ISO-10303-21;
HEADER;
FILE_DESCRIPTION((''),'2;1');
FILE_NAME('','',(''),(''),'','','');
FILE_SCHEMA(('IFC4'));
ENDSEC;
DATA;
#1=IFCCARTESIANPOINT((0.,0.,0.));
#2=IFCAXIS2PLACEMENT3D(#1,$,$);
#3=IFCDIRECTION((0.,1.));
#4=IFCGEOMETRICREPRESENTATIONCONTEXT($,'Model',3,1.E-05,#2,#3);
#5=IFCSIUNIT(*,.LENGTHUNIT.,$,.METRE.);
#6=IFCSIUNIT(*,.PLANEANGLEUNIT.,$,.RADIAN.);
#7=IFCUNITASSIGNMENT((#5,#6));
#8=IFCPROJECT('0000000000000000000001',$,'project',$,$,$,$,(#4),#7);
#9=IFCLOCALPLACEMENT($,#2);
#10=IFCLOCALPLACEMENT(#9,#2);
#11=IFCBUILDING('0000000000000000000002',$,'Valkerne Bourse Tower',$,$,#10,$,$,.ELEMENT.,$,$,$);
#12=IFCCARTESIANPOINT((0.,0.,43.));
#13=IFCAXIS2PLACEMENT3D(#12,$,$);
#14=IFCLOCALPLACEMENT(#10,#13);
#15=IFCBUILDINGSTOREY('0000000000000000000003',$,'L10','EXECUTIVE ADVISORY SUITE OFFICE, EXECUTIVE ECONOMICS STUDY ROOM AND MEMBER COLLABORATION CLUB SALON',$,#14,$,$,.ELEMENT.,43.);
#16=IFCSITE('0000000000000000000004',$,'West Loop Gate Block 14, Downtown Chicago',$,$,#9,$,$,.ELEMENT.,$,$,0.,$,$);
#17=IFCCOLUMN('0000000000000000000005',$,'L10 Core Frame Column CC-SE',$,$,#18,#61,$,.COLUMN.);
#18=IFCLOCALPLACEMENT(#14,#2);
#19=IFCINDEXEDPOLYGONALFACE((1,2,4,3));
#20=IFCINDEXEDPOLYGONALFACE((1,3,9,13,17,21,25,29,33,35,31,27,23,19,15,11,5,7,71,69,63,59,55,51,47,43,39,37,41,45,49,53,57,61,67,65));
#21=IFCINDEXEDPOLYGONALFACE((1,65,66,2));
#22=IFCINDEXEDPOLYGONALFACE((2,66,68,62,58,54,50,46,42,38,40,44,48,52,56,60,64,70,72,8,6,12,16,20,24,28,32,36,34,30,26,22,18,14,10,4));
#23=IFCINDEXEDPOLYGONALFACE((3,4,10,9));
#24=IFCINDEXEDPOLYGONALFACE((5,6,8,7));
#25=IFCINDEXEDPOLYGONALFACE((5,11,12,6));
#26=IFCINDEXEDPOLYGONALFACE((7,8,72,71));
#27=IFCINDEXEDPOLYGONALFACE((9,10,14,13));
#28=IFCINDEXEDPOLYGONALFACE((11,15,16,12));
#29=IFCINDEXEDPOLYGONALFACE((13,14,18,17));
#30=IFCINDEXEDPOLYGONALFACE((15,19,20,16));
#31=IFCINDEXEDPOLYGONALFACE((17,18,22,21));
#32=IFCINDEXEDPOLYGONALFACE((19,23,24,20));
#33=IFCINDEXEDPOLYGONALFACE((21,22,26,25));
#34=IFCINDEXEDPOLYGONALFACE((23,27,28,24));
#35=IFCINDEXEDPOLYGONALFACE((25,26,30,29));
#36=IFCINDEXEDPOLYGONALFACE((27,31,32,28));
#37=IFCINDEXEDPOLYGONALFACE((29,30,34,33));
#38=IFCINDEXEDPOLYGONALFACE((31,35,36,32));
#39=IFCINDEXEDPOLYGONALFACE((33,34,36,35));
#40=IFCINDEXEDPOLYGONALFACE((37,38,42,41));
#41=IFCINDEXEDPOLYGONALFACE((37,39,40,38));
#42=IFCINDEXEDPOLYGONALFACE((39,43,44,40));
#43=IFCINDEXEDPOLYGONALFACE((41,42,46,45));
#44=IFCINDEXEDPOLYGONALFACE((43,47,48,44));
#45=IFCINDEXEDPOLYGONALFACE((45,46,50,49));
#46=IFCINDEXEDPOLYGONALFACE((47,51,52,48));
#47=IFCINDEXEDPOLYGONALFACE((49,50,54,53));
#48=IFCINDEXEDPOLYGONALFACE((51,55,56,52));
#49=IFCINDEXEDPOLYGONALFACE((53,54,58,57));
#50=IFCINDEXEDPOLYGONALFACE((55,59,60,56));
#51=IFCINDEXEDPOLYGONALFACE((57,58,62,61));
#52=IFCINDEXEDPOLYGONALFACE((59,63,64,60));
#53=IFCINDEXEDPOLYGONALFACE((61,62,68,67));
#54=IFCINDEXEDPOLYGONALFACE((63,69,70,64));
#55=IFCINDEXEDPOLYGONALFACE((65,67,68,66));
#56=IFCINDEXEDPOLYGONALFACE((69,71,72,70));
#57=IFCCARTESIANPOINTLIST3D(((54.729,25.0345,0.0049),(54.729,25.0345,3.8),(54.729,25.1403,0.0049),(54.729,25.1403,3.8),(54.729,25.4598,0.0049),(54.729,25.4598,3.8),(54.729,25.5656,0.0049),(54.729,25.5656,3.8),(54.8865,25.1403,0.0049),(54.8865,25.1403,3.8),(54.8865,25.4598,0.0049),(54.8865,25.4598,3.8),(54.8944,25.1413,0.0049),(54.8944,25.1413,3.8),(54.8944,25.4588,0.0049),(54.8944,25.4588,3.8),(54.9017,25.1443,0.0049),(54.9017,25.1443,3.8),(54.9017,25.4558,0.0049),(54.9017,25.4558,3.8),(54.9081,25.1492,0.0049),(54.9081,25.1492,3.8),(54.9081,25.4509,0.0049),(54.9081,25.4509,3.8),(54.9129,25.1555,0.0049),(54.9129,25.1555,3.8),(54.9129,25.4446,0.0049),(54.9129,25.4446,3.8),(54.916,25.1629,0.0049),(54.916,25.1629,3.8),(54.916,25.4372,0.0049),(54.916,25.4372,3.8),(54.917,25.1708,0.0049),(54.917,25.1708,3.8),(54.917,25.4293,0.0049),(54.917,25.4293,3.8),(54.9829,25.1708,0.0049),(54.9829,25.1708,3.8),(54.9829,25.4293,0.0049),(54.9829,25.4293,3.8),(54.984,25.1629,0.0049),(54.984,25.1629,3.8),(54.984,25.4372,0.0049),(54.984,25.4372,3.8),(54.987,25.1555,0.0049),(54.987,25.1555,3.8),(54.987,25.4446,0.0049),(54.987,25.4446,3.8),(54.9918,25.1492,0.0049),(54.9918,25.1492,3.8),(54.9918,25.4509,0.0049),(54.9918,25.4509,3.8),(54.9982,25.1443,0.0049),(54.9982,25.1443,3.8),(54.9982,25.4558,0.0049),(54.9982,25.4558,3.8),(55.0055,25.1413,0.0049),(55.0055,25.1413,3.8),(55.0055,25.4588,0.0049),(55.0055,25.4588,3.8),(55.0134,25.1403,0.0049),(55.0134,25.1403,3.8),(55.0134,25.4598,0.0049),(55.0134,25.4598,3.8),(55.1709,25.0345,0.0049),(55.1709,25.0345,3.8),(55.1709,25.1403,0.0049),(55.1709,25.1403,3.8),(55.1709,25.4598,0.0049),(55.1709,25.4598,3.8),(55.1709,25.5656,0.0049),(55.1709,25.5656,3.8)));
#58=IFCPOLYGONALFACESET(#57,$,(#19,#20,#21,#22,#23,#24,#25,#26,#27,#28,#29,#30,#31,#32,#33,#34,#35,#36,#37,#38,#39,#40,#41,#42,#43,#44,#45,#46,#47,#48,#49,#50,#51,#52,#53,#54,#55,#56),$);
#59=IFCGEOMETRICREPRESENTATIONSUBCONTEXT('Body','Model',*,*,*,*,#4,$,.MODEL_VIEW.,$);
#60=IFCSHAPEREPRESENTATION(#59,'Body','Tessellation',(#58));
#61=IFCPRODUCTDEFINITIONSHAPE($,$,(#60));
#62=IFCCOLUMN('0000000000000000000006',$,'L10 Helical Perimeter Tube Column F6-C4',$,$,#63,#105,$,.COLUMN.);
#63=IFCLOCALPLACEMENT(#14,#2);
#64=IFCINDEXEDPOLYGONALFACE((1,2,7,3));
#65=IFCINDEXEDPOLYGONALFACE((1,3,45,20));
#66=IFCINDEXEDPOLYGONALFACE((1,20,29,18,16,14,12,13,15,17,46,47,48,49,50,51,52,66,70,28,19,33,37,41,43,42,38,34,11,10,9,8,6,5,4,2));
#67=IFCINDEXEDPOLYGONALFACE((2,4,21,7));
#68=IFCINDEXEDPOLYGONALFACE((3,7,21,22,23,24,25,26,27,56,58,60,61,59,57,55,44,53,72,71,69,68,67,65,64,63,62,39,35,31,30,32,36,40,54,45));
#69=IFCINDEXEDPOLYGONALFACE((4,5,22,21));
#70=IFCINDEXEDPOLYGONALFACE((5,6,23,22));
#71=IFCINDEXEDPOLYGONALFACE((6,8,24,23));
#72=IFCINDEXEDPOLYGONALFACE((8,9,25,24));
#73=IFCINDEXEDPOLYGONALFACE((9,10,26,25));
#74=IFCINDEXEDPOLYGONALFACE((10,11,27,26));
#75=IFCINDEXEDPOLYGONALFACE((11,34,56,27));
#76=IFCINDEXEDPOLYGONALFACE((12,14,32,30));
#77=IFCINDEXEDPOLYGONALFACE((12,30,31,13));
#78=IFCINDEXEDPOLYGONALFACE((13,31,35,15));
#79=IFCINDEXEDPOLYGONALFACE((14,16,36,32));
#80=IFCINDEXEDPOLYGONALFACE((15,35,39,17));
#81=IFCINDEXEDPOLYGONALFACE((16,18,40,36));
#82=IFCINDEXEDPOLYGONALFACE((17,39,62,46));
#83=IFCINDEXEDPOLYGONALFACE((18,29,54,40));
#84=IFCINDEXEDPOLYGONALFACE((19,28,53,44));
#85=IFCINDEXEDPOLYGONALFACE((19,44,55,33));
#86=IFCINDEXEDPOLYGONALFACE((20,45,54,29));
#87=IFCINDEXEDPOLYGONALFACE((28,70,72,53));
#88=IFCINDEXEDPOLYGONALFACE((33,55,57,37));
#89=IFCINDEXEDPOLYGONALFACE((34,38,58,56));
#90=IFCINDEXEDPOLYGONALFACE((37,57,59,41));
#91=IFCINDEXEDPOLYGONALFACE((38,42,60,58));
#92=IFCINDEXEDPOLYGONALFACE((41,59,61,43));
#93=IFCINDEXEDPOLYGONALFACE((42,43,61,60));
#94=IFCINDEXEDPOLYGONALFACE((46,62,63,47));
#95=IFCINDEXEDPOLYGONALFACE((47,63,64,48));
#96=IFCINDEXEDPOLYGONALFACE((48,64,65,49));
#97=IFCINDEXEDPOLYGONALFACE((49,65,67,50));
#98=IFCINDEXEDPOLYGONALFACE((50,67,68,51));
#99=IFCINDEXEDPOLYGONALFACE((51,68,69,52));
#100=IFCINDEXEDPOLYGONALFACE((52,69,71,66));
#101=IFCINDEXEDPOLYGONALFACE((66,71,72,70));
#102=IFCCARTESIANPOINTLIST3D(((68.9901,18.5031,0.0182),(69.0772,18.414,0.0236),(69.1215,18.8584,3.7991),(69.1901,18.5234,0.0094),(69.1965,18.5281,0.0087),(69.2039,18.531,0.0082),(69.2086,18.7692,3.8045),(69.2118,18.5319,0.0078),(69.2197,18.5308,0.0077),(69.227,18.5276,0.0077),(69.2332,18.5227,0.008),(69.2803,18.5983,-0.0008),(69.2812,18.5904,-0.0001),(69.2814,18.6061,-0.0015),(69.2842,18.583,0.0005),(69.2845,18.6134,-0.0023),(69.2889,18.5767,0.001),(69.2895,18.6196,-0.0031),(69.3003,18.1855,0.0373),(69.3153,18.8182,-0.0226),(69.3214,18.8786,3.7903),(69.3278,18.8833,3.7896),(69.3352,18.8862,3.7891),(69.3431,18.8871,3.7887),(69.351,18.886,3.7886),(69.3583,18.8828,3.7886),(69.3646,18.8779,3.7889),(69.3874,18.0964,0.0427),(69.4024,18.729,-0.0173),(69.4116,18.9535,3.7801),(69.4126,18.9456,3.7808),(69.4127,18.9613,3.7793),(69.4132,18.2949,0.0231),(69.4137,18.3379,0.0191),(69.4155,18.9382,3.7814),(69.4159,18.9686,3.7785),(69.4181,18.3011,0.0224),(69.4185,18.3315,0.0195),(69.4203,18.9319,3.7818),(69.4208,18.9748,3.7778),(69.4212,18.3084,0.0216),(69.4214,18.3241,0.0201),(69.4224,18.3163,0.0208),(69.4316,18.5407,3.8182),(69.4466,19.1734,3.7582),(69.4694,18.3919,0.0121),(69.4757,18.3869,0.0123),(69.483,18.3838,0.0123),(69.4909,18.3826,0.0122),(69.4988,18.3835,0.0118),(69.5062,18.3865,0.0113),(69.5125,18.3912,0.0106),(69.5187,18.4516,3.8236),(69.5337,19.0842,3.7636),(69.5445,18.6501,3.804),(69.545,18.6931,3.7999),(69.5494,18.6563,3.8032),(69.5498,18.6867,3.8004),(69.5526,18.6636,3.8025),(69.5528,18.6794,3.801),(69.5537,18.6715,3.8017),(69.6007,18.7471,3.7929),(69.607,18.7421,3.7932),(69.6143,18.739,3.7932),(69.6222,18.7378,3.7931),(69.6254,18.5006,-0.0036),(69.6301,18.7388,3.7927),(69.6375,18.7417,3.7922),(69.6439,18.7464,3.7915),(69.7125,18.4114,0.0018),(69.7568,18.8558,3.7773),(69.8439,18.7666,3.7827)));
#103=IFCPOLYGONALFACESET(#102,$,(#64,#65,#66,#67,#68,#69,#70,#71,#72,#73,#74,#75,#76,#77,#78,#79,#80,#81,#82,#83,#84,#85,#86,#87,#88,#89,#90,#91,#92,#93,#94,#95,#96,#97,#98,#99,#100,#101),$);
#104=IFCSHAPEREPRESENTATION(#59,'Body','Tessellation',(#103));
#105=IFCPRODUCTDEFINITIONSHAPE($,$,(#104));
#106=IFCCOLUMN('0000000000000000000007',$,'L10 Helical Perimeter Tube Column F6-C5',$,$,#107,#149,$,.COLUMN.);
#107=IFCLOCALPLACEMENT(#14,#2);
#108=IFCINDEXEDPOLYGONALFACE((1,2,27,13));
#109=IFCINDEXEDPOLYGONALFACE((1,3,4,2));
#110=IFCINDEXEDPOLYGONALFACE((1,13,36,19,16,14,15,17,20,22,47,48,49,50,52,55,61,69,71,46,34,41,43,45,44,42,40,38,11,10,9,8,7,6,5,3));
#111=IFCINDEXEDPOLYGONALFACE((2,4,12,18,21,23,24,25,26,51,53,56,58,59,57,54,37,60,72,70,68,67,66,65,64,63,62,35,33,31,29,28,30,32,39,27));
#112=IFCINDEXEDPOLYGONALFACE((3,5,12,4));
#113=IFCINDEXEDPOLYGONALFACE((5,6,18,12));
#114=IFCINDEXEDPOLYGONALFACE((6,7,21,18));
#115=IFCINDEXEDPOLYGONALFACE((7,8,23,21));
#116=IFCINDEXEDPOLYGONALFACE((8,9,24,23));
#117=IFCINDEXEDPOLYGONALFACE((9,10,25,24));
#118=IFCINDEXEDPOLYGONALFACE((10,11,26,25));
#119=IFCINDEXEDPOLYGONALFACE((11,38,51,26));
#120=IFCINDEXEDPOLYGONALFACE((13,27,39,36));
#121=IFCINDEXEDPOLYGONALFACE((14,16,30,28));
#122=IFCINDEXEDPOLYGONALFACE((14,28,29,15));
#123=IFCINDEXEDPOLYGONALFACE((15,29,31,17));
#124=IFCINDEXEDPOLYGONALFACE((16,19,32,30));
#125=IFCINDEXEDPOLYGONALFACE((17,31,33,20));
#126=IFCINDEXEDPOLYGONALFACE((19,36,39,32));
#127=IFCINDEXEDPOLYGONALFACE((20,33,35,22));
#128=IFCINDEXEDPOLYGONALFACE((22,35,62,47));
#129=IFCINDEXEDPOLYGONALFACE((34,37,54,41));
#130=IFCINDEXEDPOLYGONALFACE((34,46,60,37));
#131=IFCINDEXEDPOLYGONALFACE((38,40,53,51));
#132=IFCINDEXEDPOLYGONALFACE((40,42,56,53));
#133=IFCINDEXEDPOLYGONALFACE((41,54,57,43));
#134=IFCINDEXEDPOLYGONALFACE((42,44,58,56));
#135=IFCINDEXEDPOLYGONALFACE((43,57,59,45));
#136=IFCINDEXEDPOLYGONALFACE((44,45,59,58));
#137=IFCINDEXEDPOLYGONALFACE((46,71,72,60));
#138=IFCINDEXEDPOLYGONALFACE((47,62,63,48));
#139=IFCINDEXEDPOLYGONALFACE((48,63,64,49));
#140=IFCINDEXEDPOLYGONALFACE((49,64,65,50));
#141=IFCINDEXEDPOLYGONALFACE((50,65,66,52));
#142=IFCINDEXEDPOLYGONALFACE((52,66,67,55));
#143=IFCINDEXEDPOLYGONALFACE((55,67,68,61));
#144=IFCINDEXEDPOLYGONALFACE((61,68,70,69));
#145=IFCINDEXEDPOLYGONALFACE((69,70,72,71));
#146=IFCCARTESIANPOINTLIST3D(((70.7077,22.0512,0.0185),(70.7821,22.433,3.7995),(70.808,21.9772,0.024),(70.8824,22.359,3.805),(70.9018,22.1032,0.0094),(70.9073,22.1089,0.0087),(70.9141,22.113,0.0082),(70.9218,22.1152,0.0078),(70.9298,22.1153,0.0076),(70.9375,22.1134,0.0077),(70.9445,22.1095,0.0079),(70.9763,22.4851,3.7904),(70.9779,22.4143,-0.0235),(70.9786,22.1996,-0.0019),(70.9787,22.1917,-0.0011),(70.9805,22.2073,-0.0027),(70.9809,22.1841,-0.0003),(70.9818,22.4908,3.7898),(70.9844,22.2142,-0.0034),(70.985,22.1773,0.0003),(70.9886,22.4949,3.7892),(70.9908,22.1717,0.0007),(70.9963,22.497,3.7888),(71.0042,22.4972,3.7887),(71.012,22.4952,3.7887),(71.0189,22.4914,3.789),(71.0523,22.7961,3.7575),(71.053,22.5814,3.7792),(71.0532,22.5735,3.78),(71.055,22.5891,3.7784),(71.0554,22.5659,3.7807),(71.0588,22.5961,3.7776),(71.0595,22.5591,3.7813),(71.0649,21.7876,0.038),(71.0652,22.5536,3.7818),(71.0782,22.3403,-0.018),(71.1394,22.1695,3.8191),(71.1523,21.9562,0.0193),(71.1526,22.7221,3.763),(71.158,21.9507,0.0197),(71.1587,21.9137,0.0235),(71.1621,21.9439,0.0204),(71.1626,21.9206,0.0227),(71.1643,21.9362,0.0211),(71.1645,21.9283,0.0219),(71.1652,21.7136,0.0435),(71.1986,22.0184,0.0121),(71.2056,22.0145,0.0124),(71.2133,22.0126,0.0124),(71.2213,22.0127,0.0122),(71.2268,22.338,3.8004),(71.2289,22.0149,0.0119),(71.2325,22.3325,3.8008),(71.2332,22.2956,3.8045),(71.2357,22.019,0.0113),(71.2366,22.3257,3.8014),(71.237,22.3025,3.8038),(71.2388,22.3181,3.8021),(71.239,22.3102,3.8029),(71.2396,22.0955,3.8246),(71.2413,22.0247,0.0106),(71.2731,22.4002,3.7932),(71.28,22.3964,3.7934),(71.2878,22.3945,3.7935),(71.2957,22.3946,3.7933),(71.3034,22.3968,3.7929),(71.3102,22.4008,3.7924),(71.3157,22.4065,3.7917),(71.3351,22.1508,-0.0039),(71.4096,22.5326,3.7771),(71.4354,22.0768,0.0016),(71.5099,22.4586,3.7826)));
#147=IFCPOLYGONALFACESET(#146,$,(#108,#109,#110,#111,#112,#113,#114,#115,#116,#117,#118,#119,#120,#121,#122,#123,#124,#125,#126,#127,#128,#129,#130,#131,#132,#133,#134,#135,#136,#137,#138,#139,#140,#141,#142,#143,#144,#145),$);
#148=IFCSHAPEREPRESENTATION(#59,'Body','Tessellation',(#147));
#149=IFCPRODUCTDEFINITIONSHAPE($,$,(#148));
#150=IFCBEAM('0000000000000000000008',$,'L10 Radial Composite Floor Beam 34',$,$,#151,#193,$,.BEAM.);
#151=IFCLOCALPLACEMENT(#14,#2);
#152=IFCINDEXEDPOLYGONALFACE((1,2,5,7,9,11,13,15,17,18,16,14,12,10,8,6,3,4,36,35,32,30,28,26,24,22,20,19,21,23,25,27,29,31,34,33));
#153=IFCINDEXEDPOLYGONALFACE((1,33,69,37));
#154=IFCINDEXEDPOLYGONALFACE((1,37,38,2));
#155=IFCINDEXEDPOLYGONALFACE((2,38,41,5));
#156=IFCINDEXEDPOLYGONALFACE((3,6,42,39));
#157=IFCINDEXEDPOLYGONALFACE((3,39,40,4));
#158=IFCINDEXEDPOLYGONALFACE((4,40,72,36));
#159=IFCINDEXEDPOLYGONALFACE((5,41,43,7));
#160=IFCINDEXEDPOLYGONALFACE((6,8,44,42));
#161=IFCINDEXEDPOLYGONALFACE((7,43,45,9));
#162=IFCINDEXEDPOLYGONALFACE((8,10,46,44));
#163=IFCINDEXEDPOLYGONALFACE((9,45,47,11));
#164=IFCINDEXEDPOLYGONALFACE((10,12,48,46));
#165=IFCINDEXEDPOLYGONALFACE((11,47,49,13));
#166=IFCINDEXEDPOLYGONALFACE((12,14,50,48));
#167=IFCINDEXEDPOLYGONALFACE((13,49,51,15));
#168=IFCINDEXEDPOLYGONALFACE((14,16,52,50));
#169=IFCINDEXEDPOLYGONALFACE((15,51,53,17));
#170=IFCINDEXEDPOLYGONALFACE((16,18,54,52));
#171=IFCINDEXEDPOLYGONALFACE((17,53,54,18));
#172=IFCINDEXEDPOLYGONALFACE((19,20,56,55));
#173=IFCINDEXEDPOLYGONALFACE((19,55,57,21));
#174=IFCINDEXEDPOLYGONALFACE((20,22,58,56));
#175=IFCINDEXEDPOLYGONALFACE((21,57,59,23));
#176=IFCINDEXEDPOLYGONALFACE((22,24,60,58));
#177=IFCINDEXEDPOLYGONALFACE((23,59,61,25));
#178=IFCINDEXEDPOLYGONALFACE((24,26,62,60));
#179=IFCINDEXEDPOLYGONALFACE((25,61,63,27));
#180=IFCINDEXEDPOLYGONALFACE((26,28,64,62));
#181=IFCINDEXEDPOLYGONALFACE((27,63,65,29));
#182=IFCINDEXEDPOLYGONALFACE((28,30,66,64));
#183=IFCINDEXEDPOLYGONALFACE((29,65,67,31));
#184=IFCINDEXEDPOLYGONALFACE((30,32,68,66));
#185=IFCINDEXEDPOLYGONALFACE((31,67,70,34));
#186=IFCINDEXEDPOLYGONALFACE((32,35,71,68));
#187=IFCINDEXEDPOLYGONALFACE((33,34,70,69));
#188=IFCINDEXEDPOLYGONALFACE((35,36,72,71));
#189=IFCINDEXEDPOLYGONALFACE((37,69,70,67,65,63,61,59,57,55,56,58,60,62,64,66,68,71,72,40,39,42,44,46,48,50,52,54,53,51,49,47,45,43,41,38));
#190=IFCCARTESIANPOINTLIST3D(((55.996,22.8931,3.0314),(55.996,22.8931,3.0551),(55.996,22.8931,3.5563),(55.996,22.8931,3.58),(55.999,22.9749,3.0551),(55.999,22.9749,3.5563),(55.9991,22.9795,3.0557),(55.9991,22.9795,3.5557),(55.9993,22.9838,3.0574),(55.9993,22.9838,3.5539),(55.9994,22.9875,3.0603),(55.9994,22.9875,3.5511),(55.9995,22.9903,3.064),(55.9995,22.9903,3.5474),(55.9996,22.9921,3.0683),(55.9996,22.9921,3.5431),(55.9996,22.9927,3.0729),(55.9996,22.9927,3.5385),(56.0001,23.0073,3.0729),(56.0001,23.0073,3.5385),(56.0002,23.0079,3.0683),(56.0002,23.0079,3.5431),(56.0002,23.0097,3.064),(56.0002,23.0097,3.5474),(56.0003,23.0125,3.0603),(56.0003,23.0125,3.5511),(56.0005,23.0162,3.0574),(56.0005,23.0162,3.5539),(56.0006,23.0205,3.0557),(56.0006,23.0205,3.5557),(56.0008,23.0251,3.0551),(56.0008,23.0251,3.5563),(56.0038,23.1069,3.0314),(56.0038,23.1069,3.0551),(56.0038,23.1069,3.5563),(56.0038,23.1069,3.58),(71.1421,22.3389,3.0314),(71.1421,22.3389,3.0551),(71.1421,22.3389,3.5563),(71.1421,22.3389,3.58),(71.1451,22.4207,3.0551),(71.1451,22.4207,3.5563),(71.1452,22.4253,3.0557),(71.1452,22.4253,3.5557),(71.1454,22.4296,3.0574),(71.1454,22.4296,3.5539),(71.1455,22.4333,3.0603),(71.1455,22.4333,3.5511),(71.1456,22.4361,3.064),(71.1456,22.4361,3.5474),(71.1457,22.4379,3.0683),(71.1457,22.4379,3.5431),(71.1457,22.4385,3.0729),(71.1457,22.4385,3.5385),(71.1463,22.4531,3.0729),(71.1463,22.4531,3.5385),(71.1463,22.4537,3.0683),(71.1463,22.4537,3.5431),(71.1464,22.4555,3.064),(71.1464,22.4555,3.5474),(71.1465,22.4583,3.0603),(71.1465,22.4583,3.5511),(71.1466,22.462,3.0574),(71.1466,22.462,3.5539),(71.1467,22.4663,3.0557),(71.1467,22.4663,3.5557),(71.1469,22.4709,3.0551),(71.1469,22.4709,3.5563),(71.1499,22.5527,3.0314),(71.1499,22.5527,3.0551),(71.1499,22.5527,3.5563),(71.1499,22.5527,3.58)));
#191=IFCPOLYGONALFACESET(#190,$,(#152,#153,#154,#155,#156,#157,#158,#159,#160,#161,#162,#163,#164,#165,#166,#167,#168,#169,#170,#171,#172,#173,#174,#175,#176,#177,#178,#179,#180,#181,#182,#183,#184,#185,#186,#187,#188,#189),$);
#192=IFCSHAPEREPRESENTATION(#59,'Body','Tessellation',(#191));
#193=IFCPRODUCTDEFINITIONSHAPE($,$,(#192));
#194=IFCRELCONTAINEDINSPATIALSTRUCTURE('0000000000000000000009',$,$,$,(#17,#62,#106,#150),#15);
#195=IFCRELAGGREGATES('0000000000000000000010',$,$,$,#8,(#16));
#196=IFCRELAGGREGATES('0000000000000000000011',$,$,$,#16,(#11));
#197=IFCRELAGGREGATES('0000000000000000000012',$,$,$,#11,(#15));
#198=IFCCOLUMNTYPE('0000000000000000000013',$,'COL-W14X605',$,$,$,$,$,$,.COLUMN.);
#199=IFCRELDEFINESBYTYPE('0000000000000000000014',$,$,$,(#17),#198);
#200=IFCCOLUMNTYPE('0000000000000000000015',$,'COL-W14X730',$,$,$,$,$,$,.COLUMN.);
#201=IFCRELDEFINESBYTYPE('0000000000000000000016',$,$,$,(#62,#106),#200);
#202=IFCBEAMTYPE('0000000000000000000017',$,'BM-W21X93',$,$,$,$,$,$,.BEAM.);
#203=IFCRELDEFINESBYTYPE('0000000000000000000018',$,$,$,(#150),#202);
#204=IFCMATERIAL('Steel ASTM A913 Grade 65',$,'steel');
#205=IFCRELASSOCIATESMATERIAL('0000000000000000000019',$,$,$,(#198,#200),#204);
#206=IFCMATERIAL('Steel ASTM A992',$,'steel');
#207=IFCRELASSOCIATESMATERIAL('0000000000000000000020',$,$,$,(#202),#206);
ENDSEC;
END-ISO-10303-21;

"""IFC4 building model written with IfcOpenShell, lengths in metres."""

from ifc_helpers import new_model, si_unit, direction, frame, origin, origin_2d, place, context, subcontext, project, spatial, i_section, extrude, material, material_profile, profile_set, type_object, element, save


model = new_model("IFC4")

# Units and contexts
model_context = context("Model", 3, precision=1e-05, world=origin(), true_north=direction((0.0, 1.0)))
body_context = subcontext(model_context, "Body", "Model", "MODEL_VIEW")
ifc_project = project(units=[si_unit("LENGTHUNIT", "METRE"), si_unit("PLANEANGLEUNIT", "RADIAN")], contexts=[model_context])

# Site, building, storey
site_placement = place(None, origin())
site = spatial("IfcSite", under=ifc_project, at=site_placement, Name="West Loop Gate Block 14, Downtown Chicago", CompositionType="ELEMENT", RefElevation=0.0)
building_placement = place(site_placement, origin())
building = spatial("IfcBuilding", under=site, at=building_placement, Name="Valkerne Bourse Tower", CompositionType="ELEMENT")
storey_placement = place(building_placement, frame((0.0, 0.0, 43.0)))
storey = spatial("IfcBuildingStorey", under=building, at=storey_placement, Name="L10", Description="EXECUTIVE ADVISORY SUITE OFFICE, EXECUTIVE ECONOMICS STUDY ROOM AND MEMBER COLLABORATION CLUB SALON", CompositionType="ELEMENT", Elevation=43.0)

# Columns
ifc_material_1 = material(Name="Steel ASTM A913 Grade 65", Category="steel")
ifc_material_profile_1 = material_profile(ifc_material_1, i_section(OverallWidth=0.4419, OverallDepth=0.531, WebThickness=0.0659, FlangeThickness=0.1057, FilletRadius=0.0305, at=origin_2d()), Name="W14X605")
ifc_profile_set_1 = profile_set([ifc_material_profile_1], Name="Steel ASTM A913 Grade 65")
column_type_1 = type_object("IfcColumnType", Name="COL-W14X605", PredefinedType="COLUMN", material=ifc_profile_set_1)
column_1_placement = place(storey_placement, frame((54.95, 25.3, 0.0049), z_axis=(0.0, 0.0, 1.0), x_axis=(1.0, 0.0, 0.0)))
element("IfcColumn", 1, at=column_1_placement, inside=storey, type_object=column_type_1, Name="L10 Core Frame Column CC-SE", PredefinedType="COLUMN", context=body_context, shape_type="SweptSolid", body=[
    extrude(i_section(OverallWidth=0.4419, OverallDepth=0.531, WebThickness=0.0659, FlangeThickness=0.1057, FilletRadius=0.0305, at=origin_2d()), origin(), (0.0, 0.0, 1.0), 3.7952),
])
ifc_material_profile_2 = material_profile(ifc_material_1, i_section(OverallWidth=0.4546, OverallDepth=0.5691, WebThickness=0.0779, FlangeThickness=0.1248, FilletRadius=0.0305, at=origin_2d()), Name="W14X730")
ifc_profile_set_2 = profile_set([ifc_material_profile_2], Name="Steel ASTM A913 Grade 65")
column_type_2 = type_object("IfcColumnType", Name="COL-W14X730", PredefinedType="COLUMN", material=ifc_profile_set_2)
column_2_placement = place(storey_placement, frame((69.3513, 18.4573, 0.01), z_axis=(0.034566, 0.093482, 0.995021), x_axis=(-0.715259, -0.693046, 0.089959)))
element("IfcColumn", 2, at=column_2_placement, inside=storey, type_object=column_type_2, Name="L10 Helical Perimeter Tube Column F6-C4", PredefinedType="COLUMN", context=body_context, shape_type="SweptSolid", body=[
    extrude(i_section(OverallWidth=0.4546, OverallDepth=0.5691, WebThickness=0.0779, FlangeThickness=0.1248, FilletRadius=0.0305, at=origin_2d()), origin(), (0.0, 0.0, 1.0), 3.7998),
])
column_3_placement = place(storey_placement, frame((71.0715, 22.064, 0.01), z_axis=(0.019591, 0.100458, 0.994748), x_axis=(-0.594405, -0.798842, 0.09238)))
element("IfcColumn", 3, at=column_3_placement, inside=storey, type_object=column_type_2, Name="L10 Helical Perimeter Tube Column F6-C5", PredefinedType="COLUMN", context=body_context, shape_type="SweptSolid", body=[
    extrude(i_section(OverallWidth=0.4546, OverallDepth=0.5691, WebThickness=0.0779, FlangeThickness=0.1248, FilletRadius=0.0305, at=origin_2d()), origin(), (0.0, 0.0, 1.0), 3.801),
])

# Beam
ifc_material_2 = material(Name="Steel ASTM A992", Category="steel")
ifc_material_profile_3 = material_profile(ifc_material_2, i_section(OverallWidth=0.2139, OverallDepth=0.5486, WebThickness=0.0146, FlangeThickness=0.0237, FilletRadius=0.0178, at=origin_2d()), Name="W21X93")
ifc_profile_set_3 = profile_set([ifc_material_profile_3], Name="Steel ASTM A992")
beam_type_1 = type_object("IfcBeamType", Name="BM-W21X93", PredefinedType="BEAM", material=ifc_profile_set_3)
beam_1_placement = place(storey_placement, frame((71.146, 22.4458, 3.3057), z_axis=(-0.999331, 0.036566, 0.0), x_axis=(-0.036566, -0.999331, 0.0)))
element("IfcBeam", 4, at=beam_1_placement, inside=storey, type_object=beam_type_1, Name="L10 Radial Composite Floor Beam 34", PredefinedType="BEAM", context=body_context, shape_type="SweptSolid", body=[
    extrude(i_section(OverallWidth=0.2139, OverallDepth=0.5486, WebThickness=0.0146, FlangeThickness=0.0237, FilletRadius=0.0178, at=origin_2d()), origin(), (0.0, 0.0, 1.0), 15.1562),
])

save(model, "model.ifc")
